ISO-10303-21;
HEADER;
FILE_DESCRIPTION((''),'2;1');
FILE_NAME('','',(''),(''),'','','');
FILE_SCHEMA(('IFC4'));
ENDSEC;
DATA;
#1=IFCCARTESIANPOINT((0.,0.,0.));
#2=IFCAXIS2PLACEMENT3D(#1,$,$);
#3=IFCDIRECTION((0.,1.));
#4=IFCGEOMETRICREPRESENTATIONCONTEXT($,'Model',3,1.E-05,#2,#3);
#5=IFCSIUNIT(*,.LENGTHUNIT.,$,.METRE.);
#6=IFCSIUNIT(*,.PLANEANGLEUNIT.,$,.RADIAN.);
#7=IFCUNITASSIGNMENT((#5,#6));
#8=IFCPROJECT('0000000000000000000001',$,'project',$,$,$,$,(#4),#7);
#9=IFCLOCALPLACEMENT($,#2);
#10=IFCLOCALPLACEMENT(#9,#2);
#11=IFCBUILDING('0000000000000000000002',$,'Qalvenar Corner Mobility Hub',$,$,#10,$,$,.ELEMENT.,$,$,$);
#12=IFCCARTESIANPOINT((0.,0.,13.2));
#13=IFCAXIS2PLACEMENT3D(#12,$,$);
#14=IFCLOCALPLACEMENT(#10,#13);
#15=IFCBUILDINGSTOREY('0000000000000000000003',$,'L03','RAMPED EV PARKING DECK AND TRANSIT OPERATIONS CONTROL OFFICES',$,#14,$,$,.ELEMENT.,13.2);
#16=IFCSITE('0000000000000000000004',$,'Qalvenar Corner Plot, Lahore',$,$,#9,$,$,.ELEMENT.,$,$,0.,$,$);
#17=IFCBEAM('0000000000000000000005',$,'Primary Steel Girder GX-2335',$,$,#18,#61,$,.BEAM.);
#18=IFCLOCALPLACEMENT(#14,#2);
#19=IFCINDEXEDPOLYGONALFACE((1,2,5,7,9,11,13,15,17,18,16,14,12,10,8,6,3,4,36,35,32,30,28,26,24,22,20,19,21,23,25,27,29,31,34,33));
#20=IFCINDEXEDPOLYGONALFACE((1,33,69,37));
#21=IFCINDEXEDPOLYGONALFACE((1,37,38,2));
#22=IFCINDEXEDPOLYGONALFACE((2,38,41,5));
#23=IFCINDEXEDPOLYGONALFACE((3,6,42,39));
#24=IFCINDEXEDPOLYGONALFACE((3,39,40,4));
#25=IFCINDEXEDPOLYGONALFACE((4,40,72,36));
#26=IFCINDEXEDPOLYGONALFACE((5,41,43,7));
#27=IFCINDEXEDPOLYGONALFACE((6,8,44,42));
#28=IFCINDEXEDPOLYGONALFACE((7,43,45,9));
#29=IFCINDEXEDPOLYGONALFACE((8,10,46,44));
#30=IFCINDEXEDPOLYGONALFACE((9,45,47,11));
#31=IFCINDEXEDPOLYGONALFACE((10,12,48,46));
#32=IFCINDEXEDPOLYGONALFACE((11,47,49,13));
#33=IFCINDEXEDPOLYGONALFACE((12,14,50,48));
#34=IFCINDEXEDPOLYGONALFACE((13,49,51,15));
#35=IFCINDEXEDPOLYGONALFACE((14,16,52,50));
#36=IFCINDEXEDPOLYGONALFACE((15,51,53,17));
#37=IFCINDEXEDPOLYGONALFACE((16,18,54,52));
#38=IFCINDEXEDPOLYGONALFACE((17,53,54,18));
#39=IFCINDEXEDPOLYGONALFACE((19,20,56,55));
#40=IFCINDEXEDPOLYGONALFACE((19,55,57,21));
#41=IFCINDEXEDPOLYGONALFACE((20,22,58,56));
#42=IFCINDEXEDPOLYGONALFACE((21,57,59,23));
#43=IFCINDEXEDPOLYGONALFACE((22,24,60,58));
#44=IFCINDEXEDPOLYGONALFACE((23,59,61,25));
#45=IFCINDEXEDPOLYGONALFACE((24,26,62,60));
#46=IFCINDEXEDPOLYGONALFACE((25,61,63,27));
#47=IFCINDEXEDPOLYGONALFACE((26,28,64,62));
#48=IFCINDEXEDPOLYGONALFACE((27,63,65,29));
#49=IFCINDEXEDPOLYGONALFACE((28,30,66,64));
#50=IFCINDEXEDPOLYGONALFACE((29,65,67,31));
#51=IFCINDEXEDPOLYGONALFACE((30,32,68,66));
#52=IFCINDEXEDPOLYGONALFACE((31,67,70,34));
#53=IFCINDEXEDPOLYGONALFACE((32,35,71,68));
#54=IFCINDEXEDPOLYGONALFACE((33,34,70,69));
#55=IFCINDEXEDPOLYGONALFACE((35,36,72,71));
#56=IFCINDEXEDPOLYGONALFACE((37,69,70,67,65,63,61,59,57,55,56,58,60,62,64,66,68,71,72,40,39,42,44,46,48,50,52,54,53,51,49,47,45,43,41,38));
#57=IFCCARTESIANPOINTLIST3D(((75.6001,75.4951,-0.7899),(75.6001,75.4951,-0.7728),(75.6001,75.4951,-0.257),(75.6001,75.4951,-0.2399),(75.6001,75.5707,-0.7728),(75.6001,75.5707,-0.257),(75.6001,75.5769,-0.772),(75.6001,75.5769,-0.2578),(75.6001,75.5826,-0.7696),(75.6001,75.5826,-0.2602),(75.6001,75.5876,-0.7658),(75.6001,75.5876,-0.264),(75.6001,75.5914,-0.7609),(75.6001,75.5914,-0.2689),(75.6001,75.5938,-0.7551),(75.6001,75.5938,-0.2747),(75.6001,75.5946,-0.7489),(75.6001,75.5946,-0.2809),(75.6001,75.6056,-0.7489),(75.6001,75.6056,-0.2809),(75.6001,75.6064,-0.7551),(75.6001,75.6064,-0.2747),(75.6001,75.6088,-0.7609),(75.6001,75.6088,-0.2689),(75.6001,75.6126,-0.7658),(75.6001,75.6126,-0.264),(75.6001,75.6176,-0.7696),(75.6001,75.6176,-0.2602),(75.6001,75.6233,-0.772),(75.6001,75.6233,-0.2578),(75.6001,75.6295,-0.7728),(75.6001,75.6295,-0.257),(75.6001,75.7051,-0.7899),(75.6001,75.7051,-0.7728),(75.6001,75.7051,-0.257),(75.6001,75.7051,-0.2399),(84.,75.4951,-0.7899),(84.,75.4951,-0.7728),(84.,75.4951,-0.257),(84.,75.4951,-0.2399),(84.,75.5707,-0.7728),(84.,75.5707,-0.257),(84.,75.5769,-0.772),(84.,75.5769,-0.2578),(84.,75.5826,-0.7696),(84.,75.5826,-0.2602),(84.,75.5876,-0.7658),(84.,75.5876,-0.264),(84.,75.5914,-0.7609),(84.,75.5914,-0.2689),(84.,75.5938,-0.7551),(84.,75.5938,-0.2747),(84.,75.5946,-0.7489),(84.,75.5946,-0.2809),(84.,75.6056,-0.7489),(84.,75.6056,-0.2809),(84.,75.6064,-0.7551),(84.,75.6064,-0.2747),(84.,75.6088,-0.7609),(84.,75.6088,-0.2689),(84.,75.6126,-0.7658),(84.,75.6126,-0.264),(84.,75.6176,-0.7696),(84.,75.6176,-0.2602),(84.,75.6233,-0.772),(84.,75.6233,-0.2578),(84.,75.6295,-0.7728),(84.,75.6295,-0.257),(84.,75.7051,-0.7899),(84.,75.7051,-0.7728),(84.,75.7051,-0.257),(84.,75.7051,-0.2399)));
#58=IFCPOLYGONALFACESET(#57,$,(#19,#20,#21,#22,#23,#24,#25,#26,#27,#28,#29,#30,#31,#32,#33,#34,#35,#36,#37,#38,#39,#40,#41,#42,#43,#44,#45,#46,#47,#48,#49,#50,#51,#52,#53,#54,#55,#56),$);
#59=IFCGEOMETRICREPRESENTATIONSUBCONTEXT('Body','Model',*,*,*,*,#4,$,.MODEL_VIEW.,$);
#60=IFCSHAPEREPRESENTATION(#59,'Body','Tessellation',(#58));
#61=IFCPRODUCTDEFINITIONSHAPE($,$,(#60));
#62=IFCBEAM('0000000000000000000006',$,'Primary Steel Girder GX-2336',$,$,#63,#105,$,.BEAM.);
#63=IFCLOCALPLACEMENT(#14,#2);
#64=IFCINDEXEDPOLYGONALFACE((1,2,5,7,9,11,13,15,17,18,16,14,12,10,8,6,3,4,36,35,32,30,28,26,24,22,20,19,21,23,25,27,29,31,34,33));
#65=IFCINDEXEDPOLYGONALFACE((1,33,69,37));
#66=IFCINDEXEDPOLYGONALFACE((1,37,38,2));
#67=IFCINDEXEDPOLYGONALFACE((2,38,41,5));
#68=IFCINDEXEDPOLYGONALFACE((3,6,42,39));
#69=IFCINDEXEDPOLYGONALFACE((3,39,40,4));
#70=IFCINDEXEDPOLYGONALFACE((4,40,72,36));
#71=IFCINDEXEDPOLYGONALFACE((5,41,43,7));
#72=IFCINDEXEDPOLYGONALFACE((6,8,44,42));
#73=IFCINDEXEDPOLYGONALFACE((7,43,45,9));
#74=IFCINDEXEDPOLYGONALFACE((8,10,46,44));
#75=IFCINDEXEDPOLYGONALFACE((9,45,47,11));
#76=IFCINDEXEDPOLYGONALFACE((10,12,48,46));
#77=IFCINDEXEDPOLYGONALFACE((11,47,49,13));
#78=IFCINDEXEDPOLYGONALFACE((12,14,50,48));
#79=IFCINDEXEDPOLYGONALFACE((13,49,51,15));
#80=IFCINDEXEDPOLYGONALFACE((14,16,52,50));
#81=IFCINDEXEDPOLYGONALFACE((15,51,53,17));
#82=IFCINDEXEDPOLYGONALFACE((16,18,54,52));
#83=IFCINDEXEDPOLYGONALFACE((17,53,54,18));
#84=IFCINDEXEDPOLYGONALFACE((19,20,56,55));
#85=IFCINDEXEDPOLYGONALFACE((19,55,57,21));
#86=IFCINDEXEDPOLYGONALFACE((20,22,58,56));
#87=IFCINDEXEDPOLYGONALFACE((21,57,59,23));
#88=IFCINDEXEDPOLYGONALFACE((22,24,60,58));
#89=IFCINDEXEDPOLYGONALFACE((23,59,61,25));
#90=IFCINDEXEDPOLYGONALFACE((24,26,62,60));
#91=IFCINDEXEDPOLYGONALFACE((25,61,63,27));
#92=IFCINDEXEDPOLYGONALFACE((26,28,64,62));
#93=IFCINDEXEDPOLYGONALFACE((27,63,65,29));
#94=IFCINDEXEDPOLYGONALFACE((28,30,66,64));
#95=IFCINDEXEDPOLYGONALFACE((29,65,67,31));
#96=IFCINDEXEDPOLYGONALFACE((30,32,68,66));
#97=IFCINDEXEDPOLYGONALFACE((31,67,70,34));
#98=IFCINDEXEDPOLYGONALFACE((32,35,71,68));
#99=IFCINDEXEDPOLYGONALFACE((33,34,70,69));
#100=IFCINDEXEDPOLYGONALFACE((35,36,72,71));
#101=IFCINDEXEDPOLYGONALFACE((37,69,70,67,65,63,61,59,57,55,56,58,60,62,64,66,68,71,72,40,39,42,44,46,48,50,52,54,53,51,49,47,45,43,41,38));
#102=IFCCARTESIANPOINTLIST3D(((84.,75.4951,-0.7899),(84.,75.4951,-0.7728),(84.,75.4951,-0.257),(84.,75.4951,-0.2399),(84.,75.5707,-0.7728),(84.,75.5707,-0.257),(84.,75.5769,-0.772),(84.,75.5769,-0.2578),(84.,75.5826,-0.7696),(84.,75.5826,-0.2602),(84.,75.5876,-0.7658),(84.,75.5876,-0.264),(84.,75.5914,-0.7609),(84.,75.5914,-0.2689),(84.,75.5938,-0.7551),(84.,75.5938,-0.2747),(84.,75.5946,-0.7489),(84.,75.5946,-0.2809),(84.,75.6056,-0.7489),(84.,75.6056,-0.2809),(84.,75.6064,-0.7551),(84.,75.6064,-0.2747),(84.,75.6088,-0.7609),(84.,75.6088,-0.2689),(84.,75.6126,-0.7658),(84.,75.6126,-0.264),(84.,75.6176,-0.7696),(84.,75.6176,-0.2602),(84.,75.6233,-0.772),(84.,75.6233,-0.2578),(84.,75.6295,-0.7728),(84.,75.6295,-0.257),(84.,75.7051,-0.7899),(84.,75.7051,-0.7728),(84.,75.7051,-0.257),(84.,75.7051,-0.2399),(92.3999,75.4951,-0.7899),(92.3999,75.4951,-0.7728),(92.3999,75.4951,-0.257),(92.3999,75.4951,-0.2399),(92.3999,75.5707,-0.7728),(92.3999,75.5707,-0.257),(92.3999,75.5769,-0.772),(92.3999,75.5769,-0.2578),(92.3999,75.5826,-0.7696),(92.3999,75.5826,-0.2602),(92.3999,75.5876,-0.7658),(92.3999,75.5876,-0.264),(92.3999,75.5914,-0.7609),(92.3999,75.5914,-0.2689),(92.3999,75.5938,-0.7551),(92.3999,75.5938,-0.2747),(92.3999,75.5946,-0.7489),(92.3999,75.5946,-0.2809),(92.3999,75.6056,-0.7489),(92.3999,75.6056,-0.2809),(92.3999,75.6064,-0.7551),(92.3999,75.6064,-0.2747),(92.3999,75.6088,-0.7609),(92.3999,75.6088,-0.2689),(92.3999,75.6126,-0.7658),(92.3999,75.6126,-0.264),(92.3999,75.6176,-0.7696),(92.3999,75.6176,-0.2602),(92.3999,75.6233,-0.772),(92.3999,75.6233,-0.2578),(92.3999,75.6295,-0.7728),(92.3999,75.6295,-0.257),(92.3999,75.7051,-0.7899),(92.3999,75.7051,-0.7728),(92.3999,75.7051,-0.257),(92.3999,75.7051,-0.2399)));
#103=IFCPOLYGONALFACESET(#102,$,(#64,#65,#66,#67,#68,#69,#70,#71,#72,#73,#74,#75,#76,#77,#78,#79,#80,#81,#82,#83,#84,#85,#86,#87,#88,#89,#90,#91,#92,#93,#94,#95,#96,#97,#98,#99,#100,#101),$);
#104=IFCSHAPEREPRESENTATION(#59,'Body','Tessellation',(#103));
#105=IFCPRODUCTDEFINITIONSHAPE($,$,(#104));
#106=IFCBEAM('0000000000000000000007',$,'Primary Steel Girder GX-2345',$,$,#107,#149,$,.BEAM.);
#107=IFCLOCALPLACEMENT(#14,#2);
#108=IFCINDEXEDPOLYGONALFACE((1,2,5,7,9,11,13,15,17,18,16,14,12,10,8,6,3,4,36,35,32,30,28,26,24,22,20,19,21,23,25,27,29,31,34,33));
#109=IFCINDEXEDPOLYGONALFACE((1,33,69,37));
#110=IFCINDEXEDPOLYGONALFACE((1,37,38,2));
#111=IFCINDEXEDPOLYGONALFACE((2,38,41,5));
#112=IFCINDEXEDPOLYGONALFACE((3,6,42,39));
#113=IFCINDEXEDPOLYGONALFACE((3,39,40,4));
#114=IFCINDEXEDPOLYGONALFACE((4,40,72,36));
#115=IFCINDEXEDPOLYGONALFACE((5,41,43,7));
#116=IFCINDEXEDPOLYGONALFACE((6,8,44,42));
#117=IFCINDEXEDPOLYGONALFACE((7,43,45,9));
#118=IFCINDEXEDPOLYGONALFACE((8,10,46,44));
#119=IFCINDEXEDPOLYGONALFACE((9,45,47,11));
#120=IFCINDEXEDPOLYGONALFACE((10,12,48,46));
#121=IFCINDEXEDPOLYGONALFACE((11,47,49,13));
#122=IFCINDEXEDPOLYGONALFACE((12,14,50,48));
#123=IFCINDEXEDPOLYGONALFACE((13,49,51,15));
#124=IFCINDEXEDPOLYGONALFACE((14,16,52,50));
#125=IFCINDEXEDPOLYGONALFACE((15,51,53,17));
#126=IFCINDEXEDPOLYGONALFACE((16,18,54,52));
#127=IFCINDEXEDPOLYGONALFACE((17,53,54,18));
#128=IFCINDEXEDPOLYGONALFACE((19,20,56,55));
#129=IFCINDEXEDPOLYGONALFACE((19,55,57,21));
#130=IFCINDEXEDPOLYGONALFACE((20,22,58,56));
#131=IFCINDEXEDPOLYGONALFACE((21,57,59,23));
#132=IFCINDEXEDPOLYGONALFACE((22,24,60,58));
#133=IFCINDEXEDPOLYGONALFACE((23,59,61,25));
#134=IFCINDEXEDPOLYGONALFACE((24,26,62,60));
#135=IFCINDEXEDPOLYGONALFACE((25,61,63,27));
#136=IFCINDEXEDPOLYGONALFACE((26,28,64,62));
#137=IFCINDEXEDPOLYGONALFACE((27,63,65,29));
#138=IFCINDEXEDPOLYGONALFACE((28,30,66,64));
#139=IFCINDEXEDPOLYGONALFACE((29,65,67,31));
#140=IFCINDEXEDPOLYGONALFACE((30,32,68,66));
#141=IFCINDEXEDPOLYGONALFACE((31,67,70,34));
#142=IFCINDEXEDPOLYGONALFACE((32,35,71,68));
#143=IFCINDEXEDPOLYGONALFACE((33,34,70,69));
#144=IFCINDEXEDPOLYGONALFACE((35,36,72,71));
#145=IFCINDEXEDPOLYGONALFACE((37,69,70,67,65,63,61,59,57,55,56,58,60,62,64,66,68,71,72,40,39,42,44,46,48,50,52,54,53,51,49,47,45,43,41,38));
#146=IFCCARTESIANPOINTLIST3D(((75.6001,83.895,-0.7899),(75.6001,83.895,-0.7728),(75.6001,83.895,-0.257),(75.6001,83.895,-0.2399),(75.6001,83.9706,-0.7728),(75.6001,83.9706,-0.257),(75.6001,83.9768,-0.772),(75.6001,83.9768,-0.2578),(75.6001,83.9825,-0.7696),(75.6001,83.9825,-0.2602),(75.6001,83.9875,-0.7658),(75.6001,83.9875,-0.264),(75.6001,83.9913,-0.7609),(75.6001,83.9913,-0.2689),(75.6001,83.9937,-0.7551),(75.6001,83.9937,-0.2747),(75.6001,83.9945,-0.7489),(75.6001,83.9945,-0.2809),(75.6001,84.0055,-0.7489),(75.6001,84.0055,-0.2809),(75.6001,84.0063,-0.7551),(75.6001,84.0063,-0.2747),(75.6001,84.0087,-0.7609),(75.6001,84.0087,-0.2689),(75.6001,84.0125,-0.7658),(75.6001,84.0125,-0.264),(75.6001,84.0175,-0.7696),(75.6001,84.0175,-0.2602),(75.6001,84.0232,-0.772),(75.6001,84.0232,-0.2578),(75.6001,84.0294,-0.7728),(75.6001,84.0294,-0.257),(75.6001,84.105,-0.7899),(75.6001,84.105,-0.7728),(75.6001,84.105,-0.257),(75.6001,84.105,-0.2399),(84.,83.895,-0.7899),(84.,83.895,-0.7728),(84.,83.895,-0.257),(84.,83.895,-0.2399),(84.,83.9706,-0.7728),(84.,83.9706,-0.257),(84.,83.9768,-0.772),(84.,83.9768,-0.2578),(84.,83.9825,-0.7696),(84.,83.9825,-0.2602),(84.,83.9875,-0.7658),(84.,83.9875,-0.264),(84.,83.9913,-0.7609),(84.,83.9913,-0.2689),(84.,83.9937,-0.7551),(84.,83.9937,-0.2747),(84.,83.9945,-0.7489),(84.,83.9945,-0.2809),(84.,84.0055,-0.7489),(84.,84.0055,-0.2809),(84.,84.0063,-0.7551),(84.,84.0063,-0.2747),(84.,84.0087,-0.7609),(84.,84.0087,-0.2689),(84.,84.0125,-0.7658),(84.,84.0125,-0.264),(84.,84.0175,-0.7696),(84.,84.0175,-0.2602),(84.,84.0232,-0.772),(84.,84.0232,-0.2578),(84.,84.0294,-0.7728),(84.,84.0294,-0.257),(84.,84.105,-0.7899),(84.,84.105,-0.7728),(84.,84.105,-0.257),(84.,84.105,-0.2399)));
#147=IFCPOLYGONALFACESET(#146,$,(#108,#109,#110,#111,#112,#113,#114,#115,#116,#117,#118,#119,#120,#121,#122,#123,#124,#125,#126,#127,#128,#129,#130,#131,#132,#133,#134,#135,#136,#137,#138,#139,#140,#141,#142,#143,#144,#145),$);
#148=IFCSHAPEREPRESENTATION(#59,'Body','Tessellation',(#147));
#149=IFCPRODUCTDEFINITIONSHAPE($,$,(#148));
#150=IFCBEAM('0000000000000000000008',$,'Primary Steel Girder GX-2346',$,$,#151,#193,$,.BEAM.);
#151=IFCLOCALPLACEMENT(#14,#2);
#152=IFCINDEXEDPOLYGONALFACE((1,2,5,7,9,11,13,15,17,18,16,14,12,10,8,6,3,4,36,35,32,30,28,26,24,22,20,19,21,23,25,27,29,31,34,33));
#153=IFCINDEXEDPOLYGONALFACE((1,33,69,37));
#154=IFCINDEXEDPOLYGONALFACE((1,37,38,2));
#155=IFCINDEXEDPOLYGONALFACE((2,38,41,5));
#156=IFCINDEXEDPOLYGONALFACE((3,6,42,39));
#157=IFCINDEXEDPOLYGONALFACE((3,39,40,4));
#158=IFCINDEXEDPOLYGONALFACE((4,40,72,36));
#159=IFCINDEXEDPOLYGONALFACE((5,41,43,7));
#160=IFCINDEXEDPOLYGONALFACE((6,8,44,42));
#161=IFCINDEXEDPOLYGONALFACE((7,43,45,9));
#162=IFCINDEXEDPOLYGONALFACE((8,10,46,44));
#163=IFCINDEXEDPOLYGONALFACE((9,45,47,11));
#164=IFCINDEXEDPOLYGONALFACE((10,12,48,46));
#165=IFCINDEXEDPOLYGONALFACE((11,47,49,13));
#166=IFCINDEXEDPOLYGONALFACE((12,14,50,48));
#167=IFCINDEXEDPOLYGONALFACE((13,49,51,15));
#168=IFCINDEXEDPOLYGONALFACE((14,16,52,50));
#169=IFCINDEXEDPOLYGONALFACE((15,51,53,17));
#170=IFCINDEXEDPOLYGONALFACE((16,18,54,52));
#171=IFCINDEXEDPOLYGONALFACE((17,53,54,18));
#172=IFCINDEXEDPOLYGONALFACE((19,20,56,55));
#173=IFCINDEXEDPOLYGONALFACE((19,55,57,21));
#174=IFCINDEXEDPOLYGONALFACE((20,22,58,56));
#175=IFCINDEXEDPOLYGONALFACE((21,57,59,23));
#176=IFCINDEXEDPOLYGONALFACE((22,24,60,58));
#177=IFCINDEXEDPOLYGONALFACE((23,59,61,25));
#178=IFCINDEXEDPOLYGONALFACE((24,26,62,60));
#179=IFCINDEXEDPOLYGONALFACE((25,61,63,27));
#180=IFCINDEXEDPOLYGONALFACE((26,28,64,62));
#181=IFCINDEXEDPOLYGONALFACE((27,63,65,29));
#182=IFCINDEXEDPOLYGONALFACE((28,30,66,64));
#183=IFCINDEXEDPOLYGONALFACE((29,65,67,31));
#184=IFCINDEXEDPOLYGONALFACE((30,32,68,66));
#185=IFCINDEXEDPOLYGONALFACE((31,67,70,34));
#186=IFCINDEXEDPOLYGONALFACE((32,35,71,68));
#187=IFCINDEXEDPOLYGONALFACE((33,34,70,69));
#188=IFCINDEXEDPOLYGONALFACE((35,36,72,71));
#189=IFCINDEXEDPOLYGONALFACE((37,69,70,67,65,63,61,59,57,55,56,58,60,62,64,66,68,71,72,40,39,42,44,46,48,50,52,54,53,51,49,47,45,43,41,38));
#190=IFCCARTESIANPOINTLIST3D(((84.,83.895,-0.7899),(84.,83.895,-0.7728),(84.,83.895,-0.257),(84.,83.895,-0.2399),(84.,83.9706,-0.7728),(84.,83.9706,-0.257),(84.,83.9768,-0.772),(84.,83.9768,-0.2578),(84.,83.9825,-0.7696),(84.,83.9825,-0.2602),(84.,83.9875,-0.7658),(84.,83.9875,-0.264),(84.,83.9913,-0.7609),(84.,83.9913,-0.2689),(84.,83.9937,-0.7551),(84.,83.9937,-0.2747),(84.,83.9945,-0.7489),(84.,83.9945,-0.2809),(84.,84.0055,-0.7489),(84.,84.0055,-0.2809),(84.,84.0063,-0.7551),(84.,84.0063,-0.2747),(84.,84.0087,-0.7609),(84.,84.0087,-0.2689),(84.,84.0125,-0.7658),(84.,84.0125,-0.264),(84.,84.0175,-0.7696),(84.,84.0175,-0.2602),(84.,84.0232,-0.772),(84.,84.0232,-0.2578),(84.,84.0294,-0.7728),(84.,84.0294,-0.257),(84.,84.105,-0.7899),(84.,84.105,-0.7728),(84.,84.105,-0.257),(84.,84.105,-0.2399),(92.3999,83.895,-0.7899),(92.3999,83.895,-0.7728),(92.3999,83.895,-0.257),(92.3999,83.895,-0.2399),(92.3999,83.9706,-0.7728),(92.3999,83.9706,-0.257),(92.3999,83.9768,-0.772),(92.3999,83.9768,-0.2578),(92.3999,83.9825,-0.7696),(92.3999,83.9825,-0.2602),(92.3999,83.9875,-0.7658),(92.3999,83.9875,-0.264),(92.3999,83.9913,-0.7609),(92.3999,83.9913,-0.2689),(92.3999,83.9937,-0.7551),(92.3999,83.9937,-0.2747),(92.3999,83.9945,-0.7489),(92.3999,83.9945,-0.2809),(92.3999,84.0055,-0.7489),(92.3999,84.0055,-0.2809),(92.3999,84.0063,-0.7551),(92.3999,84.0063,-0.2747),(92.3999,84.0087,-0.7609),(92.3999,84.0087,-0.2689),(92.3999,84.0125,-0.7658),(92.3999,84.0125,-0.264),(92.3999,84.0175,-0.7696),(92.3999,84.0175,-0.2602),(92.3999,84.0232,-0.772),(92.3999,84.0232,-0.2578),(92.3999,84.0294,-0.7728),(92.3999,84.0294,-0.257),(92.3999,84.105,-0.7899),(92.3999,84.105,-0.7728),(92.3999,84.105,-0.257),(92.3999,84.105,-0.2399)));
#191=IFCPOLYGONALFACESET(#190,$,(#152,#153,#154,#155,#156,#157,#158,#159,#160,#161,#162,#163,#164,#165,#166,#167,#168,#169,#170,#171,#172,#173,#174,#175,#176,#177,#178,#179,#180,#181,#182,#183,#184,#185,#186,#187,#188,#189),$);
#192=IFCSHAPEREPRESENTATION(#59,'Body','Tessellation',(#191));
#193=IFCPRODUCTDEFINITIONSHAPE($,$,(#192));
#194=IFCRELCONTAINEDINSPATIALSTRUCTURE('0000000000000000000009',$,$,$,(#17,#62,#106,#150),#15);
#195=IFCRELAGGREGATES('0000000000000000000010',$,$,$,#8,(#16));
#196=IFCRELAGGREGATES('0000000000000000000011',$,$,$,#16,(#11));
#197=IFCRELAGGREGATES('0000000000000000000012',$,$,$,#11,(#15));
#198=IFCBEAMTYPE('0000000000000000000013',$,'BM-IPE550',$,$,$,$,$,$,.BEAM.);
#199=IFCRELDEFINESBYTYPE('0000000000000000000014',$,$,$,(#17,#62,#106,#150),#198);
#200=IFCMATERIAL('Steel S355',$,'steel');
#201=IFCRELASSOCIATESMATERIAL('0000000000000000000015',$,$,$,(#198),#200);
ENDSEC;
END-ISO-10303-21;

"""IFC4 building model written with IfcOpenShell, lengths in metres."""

from ifc_helpers import new_model, si_unit, direction, frame, origin, origin_2d, place, context, subcontext, project, spatial, i_section, extrude, material, material_profile, profile_set, type_object, element, save


model = new_model("IFC4")

# Units and contexts
model_context = context("Model", 3, precision=1e-05, world=origin(), true_north=direction((0.0, 1.0)))
body_context = subcontext(model_context, "Body", "Model", "MODEL_VIEW")
ifc_project = project(units=[si_unit("LENGTHUNIT", "METRE"), si_unit("PLANEANGLEUNIT", "RADIAN")], contexts=[model_context])

# Site, building, storey
site_placement = place(None, origin())
site = spatial("IfcSite", under=ifc_project, at=site_placement, Name="Qalvenar Corner Plot, Lahore", CompositionType="ELEMENT", RefElevation=0.0)
building_placement = place(site_placement, origin())
building = spatial("IfcBuilding", under=site, at=building_placement, Name="Qalvenar Corner Mobility Hub", CompositionType="ELEMENT")
storey_placement = place(building_placement, frame((0.0, 0.0, 13.2)))
storey = spatial("IfcBuildingStorey", under=building, at=storey_placement, Name="L03", Description="RAMPED EV PARKING DECK AND TRANSIT OPERATIONS CONTROL OFFICES", CompositionType="ELEMENT", Elevation=13.2)

# Shared definitions
ifc_material_1 = material(Name="Steel S355", Category="steel")

# Beams
ifc_material_profile_1 = material_profile(ifc_material_1, i_section(OverallWidth=0.21, OverallDepth=0.55, WebThickness=0.011, FlangeThickness=0.0171, FilletRadius=0.0239, at=origin_2d()), Name="IPE550")
ifc_profile_set_1 = profile_set([ifc_material_profile_1], Name="Steel S355")
beam_type_1 = type_object("IfcBeamType", Name="BM-IPE550", PredefinedType="BEAM", material=ifc_profile_set_1)
for number, where, z_axis, x_axis, name in (
    (1, (75.6001, 75.6001, -0.5149), (1.0, 0.0, 0.0), (0.0, 1.0, 0.0), "Primary Steel Girder GX-2335"),
    (2, (84.0, 75.6001, -0.5149), (1.0, 0.0, 0.0), (0.0, 1.0, 0.0), "Primary Steel Girder GX-2336"),
    (3, (75.6001, 84.0, -0.5149), (1.0, 0.0, 0.0), (0.0, 1.0, 0.0), "Primary Steel Girder GX-2345"),
    (4, (84.0, 84.0, -0.5149), (1.0, 0.0, 0.0), (0.0, 1.0, 0.0), "Primary Steel Girder GX-2346"),
):
    element("IfcBeam", number, at=place(storey_placement, frame(where, z_axis=z_axis, x_axis=x_axis)), inside=storey, type_object=beam_type_1, Name=name, PredefinedType="BEAM", context=body_context, shape_type="SweptSolid", body=[
        extrude(i_section(OverallWidth=0.21, OverallDepth=0.55, WebThickness=0.011, FlangeThickness=0.0171, FilletRadius=0.0239, at=origin_2d()), origin(), (0.0, 0.0, 1.0), 8.3999),
    ])

save(model, "model.ifc")
